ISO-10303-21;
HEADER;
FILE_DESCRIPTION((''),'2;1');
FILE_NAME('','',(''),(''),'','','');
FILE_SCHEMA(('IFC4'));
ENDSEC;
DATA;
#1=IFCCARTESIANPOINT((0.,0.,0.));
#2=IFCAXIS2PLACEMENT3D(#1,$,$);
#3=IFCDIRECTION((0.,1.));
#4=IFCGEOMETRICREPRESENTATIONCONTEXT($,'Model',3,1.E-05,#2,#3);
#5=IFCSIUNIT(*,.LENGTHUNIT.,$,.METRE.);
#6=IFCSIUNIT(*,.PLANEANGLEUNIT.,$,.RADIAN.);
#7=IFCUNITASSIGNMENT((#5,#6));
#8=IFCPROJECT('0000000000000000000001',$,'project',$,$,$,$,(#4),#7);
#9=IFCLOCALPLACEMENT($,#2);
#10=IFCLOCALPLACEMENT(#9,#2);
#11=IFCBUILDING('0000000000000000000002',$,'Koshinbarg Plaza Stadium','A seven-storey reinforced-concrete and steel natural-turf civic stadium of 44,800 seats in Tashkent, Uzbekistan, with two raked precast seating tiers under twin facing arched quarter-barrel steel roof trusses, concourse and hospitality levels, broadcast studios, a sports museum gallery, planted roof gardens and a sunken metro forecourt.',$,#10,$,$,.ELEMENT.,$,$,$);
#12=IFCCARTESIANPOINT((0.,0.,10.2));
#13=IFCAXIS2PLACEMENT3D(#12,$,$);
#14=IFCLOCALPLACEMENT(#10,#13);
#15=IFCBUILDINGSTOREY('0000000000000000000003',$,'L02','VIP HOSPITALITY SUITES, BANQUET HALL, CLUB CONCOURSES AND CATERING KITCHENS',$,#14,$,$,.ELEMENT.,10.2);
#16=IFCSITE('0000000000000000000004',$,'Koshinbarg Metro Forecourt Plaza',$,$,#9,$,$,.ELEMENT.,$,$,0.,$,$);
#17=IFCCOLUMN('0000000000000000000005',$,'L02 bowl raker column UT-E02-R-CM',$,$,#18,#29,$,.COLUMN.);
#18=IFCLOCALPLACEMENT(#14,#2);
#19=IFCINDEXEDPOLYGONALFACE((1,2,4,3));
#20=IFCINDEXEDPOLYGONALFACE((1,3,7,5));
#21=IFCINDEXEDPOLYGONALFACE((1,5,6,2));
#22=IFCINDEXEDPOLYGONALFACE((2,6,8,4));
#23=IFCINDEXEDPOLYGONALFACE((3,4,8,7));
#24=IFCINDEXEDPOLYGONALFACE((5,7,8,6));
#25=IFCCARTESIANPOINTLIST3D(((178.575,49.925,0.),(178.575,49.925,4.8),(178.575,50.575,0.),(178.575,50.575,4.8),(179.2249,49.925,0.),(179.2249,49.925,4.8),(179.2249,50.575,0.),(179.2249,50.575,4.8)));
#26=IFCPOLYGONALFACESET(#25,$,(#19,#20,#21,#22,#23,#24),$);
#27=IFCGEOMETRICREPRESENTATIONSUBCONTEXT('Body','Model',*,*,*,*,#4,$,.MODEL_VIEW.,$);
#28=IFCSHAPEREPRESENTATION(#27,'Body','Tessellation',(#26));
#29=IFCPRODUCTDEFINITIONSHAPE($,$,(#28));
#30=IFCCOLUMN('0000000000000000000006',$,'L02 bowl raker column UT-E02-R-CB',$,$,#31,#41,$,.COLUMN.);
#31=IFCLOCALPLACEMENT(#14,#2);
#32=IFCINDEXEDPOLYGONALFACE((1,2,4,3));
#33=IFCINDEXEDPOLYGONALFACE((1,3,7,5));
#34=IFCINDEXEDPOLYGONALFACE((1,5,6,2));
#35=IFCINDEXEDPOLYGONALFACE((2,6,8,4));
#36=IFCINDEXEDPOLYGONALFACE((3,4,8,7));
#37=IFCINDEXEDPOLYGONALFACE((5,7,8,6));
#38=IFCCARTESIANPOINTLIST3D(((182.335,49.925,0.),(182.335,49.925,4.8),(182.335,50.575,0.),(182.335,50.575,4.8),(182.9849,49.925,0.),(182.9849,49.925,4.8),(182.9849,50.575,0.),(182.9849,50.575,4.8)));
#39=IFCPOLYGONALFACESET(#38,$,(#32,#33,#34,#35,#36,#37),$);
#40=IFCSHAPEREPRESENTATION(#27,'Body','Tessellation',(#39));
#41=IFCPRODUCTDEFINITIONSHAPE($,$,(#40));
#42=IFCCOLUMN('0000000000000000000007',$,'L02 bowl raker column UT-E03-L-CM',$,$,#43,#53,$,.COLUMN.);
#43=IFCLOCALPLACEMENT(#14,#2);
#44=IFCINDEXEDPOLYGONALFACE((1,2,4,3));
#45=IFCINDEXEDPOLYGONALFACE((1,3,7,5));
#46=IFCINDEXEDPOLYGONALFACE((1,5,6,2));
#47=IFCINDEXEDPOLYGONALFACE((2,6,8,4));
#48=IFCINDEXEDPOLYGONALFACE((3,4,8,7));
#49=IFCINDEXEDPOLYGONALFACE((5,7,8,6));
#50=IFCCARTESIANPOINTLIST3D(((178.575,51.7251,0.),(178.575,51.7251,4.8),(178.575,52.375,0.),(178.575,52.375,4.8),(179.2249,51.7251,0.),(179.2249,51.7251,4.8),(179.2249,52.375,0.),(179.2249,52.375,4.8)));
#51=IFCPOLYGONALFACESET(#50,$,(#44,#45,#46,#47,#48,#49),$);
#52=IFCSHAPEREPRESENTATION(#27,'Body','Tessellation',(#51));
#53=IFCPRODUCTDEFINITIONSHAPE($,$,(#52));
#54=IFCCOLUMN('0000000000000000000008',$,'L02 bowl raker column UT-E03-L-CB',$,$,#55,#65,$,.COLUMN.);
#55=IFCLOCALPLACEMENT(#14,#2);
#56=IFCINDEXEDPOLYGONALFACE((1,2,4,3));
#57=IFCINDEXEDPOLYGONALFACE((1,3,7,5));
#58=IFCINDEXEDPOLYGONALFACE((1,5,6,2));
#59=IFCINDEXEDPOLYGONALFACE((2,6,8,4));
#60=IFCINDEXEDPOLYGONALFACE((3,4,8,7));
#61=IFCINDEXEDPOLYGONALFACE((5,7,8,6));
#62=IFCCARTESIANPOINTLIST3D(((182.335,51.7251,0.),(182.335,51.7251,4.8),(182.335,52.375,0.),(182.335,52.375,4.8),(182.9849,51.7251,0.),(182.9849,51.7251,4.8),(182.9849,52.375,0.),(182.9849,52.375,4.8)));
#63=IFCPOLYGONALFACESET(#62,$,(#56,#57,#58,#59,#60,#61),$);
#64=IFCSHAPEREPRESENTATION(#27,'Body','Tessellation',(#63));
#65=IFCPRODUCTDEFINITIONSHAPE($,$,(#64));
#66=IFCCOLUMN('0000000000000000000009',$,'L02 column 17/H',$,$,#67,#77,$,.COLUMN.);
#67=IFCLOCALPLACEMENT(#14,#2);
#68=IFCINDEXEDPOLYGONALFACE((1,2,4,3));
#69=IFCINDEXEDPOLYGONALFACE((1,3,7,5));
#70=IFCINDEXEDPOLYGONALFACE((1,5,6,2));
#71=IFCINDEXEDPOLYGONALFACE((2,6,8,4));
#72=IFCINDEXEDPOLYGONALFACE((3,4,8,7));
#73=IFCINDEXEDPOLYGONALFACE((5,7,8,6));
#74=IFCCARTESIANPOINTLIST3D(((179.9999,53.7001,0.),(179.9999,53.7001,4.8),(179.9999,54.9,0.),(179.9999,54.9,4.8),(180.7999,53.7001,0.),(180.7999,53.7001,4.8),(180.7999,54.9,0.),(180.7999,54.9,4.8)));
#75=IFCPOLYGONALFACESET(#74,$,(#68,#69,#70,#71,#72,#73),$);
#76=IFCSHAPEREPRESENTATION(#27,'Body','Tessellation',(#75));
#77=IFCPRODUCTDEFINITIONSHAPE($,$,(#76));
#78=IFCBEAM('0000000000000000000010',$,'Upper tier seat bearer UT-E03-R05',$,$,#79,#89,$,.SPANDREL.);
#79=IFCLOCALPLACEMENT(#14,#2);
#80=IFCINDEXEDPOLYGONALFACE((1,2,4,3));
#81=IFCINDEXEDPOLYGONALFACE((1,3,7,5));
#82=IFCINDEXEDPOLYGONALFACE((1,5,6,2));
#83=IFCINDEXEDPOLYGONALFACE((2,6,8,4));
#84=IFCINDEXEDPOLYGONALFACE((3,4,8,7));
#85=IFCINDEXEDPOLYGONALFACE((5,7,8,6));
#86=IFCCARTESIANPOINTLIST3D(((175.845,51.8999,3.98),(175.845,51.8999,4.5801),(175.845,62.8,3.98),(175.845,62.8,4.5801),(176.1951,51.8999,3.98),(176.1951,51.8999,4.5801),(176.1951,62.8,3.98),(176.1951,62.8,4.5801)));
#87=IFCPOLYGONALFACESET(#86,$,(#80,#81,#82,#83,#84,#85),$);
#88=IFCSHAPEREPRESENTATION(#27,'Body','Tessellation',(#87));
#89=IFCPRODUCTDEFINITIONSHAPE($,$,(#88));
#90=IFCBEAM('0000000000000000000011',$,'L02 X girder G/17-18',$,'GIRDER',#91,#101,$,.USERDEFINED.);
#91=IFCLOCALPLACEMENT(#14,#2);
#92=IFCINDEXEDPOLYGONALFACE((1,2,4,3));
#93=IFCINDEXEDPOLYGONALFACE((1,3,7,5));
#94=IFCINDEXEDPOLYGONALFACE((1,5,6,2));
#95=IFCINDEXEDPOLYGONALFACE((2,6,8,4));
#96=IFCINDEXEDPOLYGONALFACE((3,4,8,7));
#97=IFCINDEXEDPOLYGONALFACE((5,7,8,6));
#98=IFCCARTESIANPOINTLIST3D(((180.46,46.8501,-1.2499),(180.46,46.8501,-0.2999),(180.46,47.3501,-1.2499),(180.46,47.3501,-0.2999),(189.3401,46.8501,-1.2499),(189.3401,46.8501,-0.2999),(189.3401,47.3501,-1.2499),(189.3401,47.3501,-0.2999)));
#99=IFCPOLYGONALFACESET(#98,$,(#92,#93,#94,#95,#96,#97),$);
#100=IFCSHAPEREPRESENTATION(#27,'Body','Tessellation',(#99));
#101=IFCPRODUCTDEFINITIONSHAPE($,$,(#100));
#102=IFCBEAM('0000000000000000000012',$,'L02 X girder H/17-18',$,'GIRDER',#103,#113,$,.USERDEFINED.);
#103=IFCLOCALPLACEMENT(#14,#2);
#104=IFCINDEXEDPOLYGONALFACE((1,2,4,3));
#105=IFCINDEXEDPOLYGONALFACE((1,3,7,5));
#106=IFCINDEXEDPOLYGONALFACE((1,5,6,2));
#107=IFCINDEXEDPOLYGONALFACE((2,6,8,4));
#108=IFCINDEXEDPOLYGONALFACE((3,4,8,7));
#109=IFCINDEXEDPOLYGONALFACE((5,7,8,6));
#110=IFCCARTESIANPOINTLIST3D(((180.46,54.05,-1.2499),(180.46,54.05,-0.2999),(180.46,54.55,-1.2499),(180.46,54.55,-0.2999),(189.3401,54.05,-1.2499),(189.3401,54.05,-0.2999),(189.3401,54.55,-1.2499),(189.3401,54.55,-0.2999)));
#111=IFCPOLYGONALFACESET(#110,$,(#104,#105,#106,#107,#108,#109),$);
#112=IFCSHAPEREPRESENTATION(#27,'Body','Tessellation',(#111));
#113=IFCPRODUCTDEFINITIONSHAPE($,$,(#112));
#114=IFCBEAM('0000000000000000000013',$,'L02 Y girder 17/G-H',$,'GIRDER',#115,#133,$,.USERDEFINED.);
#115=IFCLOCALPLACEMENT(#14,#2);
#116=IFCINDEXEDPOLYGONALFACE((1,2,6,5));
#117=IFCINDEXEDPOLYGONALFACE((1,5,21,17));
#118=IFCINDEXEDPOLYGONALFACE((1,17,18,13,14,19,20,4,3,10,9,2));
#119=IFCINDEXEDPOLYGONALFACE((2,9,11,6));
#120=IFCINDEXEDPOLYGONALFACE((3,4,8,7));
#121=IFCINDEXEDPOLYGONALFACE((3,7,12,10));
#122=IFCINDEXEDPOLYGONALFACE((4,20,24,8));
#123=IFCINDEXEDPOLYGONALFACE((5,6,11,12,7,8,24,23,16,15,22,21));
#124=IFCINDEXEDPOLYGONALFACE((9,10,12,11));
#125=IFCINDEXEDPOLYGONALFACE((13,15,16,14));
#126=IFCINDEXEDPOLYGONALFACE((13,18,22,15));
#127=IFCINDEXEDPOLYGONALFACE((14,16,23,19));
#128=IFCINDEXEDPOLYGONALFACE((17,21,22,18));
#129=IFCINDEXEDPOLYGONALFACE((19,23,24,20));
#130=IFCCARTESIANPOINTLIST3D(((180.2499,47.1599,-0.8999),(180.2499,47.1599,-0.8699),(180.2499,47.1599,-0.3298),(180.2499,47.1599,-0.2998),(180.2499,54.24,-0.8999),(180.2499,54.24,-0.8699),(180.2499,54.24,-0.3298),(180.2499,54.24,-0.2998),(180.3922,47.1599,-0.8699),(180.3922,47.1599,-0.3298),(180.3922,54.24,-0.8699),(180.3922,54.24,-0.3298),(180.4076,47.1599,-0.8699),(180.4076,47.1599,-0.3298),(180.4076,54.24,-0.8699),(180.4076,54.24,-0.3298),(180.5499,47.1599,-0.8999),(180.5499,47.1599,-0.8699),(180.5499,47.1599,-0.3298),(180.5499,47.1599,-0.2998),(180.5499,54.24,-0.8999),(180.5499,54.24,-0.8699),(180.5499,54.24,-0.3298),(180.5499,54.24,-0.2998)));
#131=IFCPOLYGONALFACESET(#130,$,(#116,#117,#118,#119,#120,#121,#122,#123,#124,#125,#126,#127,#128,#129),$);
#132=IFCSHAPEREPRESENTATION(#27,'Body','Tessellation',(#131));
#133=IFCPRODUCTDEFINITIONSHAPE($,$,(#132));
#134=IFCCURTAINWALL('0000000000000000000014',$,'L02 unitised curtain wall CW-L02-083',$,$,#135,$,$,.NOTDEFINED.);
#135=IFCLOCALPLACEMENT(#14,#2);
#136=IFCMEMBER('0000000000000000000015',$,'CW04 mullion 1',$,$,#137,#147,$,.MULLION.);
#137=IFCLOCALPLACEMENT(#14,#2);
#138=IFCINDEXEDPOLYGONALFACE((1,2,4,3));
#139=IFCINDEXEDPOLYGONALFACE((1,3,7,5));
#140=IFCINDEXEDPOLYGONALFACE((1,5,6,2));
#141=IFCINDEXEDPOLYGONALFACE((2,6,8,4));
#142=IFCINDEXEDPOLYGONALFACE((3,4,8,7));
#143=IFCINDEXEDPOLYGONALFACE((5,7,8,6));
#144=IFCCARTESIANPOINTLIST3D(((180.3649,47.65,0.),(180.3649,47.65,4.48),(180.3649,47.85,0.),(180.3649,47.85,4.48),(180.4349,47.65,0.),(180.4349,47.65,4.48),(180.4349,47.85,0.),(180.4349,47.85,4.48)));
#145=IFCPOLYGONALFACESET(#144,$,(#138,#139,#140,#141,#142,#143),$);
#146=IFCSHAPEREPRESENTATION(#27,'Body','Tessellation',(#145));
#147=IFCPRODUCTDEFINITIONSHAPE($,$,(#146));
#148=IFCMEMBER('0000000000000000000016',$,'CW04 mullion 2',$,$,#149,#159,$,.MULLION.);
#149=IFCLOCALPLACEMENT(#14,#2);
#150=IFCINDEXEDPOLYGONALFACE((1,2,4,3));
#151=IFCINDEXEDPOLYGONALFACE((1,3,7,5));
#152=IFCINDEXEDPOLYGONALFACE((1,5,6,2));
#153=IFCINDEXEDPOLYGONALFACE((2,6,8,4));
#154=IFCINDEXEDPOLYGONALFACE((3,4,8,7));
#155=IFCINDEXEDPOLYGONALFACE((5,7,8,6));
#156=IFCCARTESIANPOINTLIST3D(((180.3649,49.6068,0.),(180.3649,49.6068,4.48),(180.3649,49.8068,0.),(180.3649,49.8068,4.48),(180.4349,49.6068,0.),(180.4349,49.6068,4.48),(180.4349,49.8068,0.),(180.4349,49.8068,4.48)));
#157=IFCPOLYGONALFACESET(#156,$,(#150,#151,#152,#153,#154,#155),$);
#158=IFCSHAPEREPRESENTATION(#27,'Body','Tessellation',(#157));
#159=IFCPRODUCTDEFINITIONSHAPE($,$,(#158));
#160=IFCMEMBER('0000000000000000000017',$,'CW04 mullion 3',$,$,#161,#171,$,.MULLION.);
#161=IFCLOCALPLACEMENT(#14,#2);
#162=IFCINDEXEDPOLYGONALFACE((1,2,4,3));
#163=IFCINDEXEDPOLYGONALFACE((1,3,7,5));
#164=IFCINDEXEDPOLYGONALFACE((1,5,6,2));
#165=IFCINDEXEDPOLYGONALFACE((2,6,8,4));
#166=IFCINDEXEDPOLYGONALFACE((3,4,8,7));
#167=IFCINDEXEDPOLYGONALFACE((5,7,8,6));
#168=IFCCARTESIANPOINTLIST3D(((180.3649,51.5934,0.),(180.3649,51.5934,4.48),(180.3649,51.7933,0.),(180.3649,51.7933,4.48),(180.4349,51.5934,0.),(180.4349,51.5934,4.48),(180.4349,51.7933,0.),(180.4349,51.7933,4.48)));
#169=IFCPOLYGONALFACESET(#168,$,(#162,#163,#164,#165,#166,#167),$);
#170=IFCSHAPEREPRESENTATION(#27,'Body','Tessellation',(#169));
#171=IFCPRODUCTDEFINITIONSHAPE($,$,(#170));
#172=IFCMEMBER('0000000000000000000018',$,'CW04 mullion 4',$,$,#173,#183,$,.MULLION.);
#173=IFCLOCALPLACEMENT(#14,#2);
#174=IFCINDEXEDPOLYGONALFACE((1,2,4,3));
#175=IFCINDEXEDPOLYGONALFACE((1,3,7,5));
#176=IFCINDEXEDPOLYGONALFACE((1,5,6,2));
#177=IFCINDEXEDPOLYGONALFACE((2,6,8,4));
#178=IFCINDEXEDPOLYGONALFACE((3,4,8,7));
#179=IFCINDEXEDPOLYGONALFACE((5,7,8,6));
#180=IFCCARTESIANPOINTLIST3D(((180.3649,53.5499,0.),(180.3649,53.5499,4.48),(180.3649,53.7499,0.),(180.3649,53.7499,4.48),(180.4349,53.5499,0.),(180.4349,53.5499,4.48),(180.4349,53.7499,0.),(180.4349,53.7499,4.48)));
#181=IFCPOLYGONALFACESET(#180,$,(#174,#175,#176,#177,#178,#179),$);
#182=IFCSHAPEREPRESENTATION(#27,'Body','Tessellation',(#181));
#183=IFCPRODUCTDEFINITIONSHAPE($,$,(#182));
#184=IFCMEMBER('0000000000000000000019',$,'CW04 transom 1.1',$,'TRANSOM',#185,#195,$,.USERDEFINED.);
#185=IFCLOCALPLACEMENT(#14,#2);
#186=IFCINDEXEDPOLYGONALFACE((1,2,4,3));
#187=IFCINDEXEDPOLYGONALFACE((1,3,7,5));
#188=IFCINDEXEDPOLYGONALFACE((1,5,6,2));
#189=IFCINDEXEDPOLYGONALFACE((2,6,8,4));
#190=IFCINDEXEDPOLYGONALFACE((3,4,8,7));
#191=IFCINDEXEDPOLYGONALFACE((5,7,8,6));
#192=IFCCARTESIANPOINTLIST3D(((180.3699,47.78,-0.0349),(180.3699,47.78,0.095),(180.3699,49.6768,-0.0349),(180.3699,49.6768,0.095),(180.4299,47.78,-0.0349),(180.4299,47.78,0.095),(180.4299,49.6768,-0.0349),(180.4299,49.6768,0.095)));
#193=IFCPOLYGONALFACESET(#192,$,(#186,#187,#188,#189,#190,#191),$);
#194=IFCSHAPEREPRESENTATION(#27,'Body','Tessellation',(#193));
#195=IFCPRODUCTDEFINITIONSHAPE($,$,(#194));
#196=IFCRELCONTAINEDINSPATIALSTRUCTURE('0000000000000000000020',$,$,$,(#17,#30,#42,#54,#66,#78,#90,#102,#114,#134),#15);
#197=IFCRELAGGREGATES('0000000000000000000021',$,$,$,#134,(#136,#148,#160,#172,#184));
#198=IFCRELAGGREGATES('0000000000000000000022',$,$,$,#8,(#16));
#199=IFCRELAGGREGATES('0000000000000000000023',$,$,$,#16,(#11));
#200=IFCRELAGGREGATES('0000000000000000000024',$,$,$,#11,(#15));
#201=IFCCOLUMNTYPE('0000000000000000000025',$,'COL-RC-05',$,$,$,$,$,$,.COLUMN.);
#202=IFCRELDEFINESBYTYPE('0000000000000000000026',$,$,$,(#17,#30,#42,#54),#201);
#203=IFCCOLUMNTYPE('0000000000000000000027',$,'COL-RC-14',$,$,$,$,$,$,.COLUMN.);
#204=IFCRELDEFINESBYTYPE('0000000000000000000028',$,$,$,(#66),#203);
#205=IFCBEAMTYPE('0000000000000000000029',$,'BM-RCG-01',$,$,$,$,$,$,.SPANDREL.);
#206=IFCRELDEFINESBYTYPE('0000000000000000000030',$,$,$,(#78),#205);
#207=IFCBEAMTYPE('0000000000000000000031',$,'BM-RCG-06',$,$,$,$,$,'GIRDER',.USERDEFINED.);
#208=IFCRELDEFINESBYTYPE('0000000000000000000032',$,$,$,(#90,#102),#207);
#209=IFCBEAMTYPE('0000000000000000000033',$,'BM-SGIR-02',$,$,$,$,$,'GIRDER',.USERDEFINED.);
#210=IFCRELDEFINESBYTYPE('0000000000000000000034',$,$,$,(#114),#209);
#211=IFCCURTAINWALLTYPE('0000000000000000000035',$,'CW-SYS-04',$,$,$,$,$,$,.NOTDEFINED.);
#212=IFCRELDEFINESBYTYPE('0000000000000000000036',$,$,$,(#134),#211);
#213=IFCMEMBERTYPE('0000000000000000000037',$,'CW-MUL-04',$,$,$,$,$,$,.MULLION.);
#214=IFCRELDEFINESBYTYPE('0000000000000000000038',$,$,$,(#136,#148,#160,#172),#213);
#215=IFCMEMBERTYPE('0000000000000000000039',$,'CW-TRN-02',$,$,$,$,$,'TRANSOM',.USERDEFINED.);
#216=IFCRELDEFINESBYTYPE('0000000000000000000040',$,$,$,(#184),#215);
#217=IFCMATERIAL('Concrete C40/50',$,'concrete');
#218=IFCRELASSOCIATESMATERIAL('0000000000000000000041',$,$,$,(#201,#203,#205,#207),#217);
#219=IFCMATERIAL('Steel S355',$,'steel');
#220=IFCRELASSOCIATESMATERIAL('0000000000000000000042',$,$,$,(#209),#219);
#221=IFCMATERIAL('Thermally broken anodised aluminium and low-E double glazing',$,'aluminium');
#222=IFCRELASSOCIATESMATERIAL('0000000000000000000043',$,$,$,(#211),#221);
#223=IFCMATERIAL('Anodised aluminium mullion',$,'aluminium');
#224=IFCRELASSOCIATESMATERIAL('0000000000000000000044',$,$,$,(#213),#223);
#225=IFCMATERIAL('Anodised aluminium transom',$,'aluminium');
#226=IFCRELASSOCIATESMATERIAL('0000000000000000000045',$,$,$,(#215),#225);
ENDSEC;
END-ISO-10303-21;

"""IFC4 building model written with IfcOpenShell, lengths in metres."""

from ifc_helpers import new_model, si_unit, direction, frame, origin, origin_2d, place, context, subcontext, project, spatial, rectangle, i_section, extrude, material, material_profile, profile_set, type_object, element, aggregate, save


model = new_model("IFC4")

# Units and contexts
model_context = context("Model", 3, precision=1e-05, world=origin(), true_north=direction((0.0, 1.0)))
body_context = subcontext(model_context, "Body", "Model", "MODEL_VIEW")
ifc_project = project(units=[si_unit("LENGTHUNIT", "METRE"), si_unit("PLANEANGLEUNIT", "RADIAN")], contexts=[model_context])

# Site, building, storey
site_placement = place(None, origin())
site = spatial("IfcSite", under=ifc_project, at=site_placement, Name="Koshinbarg Metro Forecourt Plaza", CompositionType="ELEMENT", RefElevation=0.0)
building_placement = place(site_placement, origin())
building = spatial("IfcBuilding", under=site, at=building_placement, Name="Koshinbarg Plaza Stadium", Description="A seven-storey reinforced-concrete and steel natural-turf civic stadium of 44,800 seats in Tashkent, Uzbekistan, with two raked precast seating tiers under twin facing arched quarter-barrel steel roof trusses, concourse and hospitality levels, broadcast studios, a sports museum gallery, planted roof gardens and a sunken metro forecourt.", CompositionType="ELEMENT")
storey_placement = place(building_placement, frame((0.0, 0.0, 10.2)))
storey = spatial("IfcBuildingStorey", under=building, at=storey_placement, Name="L02", Description="VIP HOSPITALITY SUITES, BANQUET HALL, CLUB CONCOURSES AND CATERING KITCHENS", CompositionType="ELEMENT", Elevation=10.2)

# Columns
ifc_material_1 = material(Name="Concrete C40/50", Category="concrete")
ifc_material_profile_1 = material_profile(ifc_material_1, rectangle(XDim=0.6499, YDim=0.6499, at=origin_2d()), Name="RC 650x650")
ifc_profile_set_1 = profile_set([ifc_material_profile_1], Name="Concrete C40/50")
column_type_1 = type_object("IfcColumnType", Name="COL-RC-05", PredefinedType="COLUMN", material=ifc_profile_set_1)
for number, where, z_axis, x_axis, name in (
    (1, (178.8999, 50.25, 0.0), (0.0, 0.0, 1.0), (1.0, 0.0, 0.0), "L02 bowl raker column UT-E02-R-CM"),
    (2, (182.6599, 50.25, 0.0), (0.0, 0.0, 1.0), (1.0, 0.0, 0.0), "L02 bowl raker column UT-E02-R-CB"),
    (3, (178.8999, 52.05, 0.0), (0.0, 0.0, 1.0), (1.0, 0.0, 0.0), "L02 bowl raker column UT-E03-L-CM"),
    (4, (182.6599, 52.05, 0.0), (0.0, 0.0, 1.0), (1.0, 0.0, 0.0), "L02 bowl raker column UT-E03-L-CB"),
):
    element("IfcColumn", number, at=place(storey_placement, frame(where, z_axis=z_axis, x_axis=x_axis)), inside=storey, type_object=column_type_1, Name=name, PredefinedType="COLUMN", context=body_context, shape_type="SweptSolid", body=[
        extrude(rectangle(XDim=0.6499, YDim=0.6499, at=origin_2d()), origin(), (0.0, 0.0, 1.0), 4.8),
    ])
ifc_material_profile_2 = material_profile(ifc_material_1, rectangle(XDim=0.8, YDim=1.2, at=origin_2d()), Name="RC 800x1200")
ifc_profile_set_2 = profile_set([ifc_material_profile_2], Name="Concrete C40/50")
column_type_2 = type_object("IfcColumnType", Name="COL-RC-14", PredefinedType="COLUMN", material=ifc_profile_set_2)
column_placement = place(storey_placement, frame((180.3999, 54.3, 0.0), z_axis=(0.0, 0.0, 1.0), x_axis=(1.0, 0.0, 0.0)))
element("IfcColumn", 5, at=column_placement, inside=storey, type_object=column_type_2, Name="L02 column 17/H", PredefinedType="COLUMN", context=body_context, shape_type="SweptSolid", body=[
    extrude(rectangle(XDim=0.8, YDim=1.2, at=origin_2d()), origin(), (0.0, 0.0, 1.0), 4.8),
])

# Beams
ifc_material_profile_3 = material_profile(ifc_material_1, rectangle(XDim=0.3501, YDim=0.6001, at=origin_2d()), Name="RC 350x600")
ifc_profile_set_3 = profile_set([ifc_material_profile_3], Name="Concrete C40/50")
beam_type_1 = type_object("IfcBeamType", Name="BM-RCG-01", PredefinedType="SPANDREL", material=ifc_profile_set_3)
beam_1_placement = place(storey_placement, frame((176.02, 51.8999, 4.28), z_axis=(0.0, 1.0, 0.0), x_axis=(-1.0, 0.0, 0.0)))
element("IfcBeam", 6, at=beam_1_placement, inside=storey, type_object=beam_type_1, Name="Upper tier seat bearer UT-E03-R05", PredefinedType="SPANDREL", context=body_context, shape_type="SweptSolid", body=[
    extrude(rectangle(XDim=0.3501, YDim=0.6001, at=origin_2d()), origin(), (0.0, 0.0, 1.0), 10.9001),
])
ifc_material_profile_4 = material_profile(ifc_material_1, rectangle(XDim=0.5, YDim=0.95, at=origin_2d()), Name="RC 500x950")
ifc_profile_set_4 = profile_set([ifc_material_profile_4], Name="Concrete C40/50")
beam_type_2 = type_object("IfcBeamType", Name="BM-RCG-06", ElementType="GIRDER", PredefinedType="USERDEFINED", material=ifc_profile_set_4)
for number, where, z_axis, x_axis, name in (
    (7, (180.46, 47.1001, -0.7749), (1.0, 0.0, 0.0), (0.0, 1.0, 0.0), "L02 X girder G/17-18"),
    (8, (180.46, 54.3, -0.7749), (1.0, 0.0, 0.0), (0.0, 1.0, 0.0), "L02 X girder H/17-18"),
):
    element("IfcBeam", number, at=place(storey_placement, frame(where, z_axis=z_axis, x_axis=x_axis)), inside=storey, type_object=beam_type_2, Name=name, ObjectType="GIRDER", PredefinedType="USERDEFINED", context=body_context, shape_type="SweptSolid", body=[
        extrude(rectangle(XDim=0.5, YDim=0.95, at=origin_2d()), origin(), (0.0, 0.0, 1.0), 8.8801),
    ])
ifc_material_2 = material(Name="Steel S355", Category="steel")
ifc_material_profile_5 = material_profile(ifc_material_2, i_section(OverallWidth=0.3, OverallDepth=0.6001, WebThickness=0.0154, FlangeThickness=0.03, at=origin_2d()), Name="HEB 600")
ifc_profile_set_5 = profile_set([ifc_material_profile_5], Name="Steel S355")
beam_type_3 = type_object("IfcBeamType", Name="BM-SGIR-02", ElementType="GIRDER", PredefinedType="USERDEFINED", material=ifc_profile_set_5)
beam_2_placement = place(storey_placement, frame((180.3999, 47.1599, -0.5999), z_axis=(0.0, 1.0, 0.0), x_axis=(-1.0, 0.0, 0.0)))
element("IfcBeam", 9, at=beam_2_placement, inside=storey, type_object=beam_type_3, Name="L02 Y girder 17/G-H", ObjectType="GIRDER", PredefinedType="USERDEFINED", context=body_context, shape_type="SweptSolid", body=[
    extrude(i_section(OverallWidth=0.3, OverallDepth=0.6001, WebThickness=0.0154, FlangeThickness=0.03, at=origin_2d()), origin(), (0.0, 0.0, 1.0), 7.0801),
])

# Curtain wall, members
ifc_material_3 = material(Name="Thermally broken anodised aluminium and low-E double glazing", Category="aluminium")
curtain_wall_type = type_object("IfcCurtainWallType", Name="CW-SYS-04", PredefinedType="NOTDEFINED", material=ifc_material_3)
curtain_wall_placement = place(storey_placement, origin())
curtain_wall = element("IfcCurtainWall", 10, at=curtain_wall_placement, inside=storey, type_object=curtain_wall_type, Name="L02 unitised curtain wall CW-L02-083", PredefinedType="NOTDEFINED")
ifc_material_4 = material(Name="Anodised aluminium mullion", Category="aluminium")
ifc_material_profile_6 = material_profile(ifc_material_4, rectangle(XDim=0.0701, YDim=0.2, at=origin_2d()), Name="ALU 70x200")
ifc_profile_set_6 = profile_set([ifc_material_profile_6], Name="Anodised aluminium mullion")
member_type_1 = type_object("IfcMemberType", Name="CW-MUL-04", PredefinedType="MULLION", material=ifc_profile_set_6)
member_1_placement = place(storey_placement, frame((180.3999, 47.75, 0.0), z_axis=(0.0, 0.0, 1.0), x_axis=(-1.0, 0.0, 0.0)))
member_1 = element("IfcMember", 11, at=member_1_placement, type_object=member_type_1, Name="CW04 mullion 1", PredefinedType="MULLION", context=body_context, shape_type="SweptSolid", body=[
    extrude(rectangle(XDim=0.0701, YDim=0.2, at=origin_2d()), origin(), (0.0, 0.0, 1.0), 4.48),
])
member_2_placement = place(storey_placement, frame((180.3999, 49.7068, 0.0), z_axis=(0.0, 0.0, 1.0), x_axis=(-1.0, 0.0, 0.0)))
member_2 = element("IfcMember", 12, at=member_2_placement, type_object=member_type_1, Name="CW04 mullion 2", PredefinedType="MULLION", context=body_context, shape_type="SweptSolid", body=[
    extrude(rectangle(XDim=0.0701, YDim=0.2, at=origin_2d()), origin(), (0.0, 0.0, 1.0), 4.48),
])
member_3_placement = place(storey_placement, frame((180.3999, 51.6934, 0.0), z_axis=(0.0, 0.0, 1.0), x_axis=(-1.0, 0.0, 0.0)))
member_3 = element("IfcMember", 13, at=member_3_placement, type_object=member_type_1, Name="CW04 mullion 3", PredefinedType="MULLION", context=body_context, shape_type="SweptSolid", body=[
    extrude(rectangle(XDim=0.0701, YDim=0.2, at=origin_2d()), origin(), (0.0, 0.0, 1.0), 4.48),
])
member_4_placement = place(storey_placement, frame((180.3999, 53.6499, 0.0), z_axis=(0.0, 0.0, 1.0), x_axis=(-1.0, 0.0, 0.0)))
member_4 = element("IfcMember", 14, at=member_4_placement, type_object=member_type_1, Name="CW04 mullion 4", PredefinedType="MULLION", context=body_context, shape_type="SweptSolid", body=[
    extrude(rectangle(XDim=0.0701, YDim=0.2, at=origin_2d()), origin(), (0.0, 0.0, 1.0), 4.48),
])
ifc_material_5 = material(Name="Anodised aluminium transom", Category="aluminium")
ifc_material_profile_7 = material_profile(ifc_material_5, rectangle(XDim=0.0601, YDim=0.1299, at=origin_2d()), Name="ALU 60x130")
ifc_profile_set_7 = profile_set([ifc_material_profile_7], Name="Anodised aluminium transom")
member_type_2 = type_object("IfcMemberType", Name="CW-TRN-02", ElementType="TRANSOM", PredefinedType="USERDEFINED", material=ifc_profile_set_7)
member_5_placement = place(storey_placement, frame((180.3999, 47.78, 0.03), z_axis=(0.0, 1.0, 0.0), x_axis=(-1.0, 0.0, 0.0)))
member_5 = element("IfcMember", 15, at=member_5_placement, type_object=member_type_2, Name="CW04 transom 1.1", ObjectType="TRANSOM", PredefinedType="USERDEFINED", context=body_context, shape_type="SweptSolid", body=[
    extrude(rectangle(XDim=0.0601, YDim=0.1299, at=origin_2d()), origin(), (0.0, 0.0, 1.0), 1.8967),
])
aggregate(curtain_wall, [member_1, member_2, member_3, member_4, member_5])

save(model, "model.ifc")
